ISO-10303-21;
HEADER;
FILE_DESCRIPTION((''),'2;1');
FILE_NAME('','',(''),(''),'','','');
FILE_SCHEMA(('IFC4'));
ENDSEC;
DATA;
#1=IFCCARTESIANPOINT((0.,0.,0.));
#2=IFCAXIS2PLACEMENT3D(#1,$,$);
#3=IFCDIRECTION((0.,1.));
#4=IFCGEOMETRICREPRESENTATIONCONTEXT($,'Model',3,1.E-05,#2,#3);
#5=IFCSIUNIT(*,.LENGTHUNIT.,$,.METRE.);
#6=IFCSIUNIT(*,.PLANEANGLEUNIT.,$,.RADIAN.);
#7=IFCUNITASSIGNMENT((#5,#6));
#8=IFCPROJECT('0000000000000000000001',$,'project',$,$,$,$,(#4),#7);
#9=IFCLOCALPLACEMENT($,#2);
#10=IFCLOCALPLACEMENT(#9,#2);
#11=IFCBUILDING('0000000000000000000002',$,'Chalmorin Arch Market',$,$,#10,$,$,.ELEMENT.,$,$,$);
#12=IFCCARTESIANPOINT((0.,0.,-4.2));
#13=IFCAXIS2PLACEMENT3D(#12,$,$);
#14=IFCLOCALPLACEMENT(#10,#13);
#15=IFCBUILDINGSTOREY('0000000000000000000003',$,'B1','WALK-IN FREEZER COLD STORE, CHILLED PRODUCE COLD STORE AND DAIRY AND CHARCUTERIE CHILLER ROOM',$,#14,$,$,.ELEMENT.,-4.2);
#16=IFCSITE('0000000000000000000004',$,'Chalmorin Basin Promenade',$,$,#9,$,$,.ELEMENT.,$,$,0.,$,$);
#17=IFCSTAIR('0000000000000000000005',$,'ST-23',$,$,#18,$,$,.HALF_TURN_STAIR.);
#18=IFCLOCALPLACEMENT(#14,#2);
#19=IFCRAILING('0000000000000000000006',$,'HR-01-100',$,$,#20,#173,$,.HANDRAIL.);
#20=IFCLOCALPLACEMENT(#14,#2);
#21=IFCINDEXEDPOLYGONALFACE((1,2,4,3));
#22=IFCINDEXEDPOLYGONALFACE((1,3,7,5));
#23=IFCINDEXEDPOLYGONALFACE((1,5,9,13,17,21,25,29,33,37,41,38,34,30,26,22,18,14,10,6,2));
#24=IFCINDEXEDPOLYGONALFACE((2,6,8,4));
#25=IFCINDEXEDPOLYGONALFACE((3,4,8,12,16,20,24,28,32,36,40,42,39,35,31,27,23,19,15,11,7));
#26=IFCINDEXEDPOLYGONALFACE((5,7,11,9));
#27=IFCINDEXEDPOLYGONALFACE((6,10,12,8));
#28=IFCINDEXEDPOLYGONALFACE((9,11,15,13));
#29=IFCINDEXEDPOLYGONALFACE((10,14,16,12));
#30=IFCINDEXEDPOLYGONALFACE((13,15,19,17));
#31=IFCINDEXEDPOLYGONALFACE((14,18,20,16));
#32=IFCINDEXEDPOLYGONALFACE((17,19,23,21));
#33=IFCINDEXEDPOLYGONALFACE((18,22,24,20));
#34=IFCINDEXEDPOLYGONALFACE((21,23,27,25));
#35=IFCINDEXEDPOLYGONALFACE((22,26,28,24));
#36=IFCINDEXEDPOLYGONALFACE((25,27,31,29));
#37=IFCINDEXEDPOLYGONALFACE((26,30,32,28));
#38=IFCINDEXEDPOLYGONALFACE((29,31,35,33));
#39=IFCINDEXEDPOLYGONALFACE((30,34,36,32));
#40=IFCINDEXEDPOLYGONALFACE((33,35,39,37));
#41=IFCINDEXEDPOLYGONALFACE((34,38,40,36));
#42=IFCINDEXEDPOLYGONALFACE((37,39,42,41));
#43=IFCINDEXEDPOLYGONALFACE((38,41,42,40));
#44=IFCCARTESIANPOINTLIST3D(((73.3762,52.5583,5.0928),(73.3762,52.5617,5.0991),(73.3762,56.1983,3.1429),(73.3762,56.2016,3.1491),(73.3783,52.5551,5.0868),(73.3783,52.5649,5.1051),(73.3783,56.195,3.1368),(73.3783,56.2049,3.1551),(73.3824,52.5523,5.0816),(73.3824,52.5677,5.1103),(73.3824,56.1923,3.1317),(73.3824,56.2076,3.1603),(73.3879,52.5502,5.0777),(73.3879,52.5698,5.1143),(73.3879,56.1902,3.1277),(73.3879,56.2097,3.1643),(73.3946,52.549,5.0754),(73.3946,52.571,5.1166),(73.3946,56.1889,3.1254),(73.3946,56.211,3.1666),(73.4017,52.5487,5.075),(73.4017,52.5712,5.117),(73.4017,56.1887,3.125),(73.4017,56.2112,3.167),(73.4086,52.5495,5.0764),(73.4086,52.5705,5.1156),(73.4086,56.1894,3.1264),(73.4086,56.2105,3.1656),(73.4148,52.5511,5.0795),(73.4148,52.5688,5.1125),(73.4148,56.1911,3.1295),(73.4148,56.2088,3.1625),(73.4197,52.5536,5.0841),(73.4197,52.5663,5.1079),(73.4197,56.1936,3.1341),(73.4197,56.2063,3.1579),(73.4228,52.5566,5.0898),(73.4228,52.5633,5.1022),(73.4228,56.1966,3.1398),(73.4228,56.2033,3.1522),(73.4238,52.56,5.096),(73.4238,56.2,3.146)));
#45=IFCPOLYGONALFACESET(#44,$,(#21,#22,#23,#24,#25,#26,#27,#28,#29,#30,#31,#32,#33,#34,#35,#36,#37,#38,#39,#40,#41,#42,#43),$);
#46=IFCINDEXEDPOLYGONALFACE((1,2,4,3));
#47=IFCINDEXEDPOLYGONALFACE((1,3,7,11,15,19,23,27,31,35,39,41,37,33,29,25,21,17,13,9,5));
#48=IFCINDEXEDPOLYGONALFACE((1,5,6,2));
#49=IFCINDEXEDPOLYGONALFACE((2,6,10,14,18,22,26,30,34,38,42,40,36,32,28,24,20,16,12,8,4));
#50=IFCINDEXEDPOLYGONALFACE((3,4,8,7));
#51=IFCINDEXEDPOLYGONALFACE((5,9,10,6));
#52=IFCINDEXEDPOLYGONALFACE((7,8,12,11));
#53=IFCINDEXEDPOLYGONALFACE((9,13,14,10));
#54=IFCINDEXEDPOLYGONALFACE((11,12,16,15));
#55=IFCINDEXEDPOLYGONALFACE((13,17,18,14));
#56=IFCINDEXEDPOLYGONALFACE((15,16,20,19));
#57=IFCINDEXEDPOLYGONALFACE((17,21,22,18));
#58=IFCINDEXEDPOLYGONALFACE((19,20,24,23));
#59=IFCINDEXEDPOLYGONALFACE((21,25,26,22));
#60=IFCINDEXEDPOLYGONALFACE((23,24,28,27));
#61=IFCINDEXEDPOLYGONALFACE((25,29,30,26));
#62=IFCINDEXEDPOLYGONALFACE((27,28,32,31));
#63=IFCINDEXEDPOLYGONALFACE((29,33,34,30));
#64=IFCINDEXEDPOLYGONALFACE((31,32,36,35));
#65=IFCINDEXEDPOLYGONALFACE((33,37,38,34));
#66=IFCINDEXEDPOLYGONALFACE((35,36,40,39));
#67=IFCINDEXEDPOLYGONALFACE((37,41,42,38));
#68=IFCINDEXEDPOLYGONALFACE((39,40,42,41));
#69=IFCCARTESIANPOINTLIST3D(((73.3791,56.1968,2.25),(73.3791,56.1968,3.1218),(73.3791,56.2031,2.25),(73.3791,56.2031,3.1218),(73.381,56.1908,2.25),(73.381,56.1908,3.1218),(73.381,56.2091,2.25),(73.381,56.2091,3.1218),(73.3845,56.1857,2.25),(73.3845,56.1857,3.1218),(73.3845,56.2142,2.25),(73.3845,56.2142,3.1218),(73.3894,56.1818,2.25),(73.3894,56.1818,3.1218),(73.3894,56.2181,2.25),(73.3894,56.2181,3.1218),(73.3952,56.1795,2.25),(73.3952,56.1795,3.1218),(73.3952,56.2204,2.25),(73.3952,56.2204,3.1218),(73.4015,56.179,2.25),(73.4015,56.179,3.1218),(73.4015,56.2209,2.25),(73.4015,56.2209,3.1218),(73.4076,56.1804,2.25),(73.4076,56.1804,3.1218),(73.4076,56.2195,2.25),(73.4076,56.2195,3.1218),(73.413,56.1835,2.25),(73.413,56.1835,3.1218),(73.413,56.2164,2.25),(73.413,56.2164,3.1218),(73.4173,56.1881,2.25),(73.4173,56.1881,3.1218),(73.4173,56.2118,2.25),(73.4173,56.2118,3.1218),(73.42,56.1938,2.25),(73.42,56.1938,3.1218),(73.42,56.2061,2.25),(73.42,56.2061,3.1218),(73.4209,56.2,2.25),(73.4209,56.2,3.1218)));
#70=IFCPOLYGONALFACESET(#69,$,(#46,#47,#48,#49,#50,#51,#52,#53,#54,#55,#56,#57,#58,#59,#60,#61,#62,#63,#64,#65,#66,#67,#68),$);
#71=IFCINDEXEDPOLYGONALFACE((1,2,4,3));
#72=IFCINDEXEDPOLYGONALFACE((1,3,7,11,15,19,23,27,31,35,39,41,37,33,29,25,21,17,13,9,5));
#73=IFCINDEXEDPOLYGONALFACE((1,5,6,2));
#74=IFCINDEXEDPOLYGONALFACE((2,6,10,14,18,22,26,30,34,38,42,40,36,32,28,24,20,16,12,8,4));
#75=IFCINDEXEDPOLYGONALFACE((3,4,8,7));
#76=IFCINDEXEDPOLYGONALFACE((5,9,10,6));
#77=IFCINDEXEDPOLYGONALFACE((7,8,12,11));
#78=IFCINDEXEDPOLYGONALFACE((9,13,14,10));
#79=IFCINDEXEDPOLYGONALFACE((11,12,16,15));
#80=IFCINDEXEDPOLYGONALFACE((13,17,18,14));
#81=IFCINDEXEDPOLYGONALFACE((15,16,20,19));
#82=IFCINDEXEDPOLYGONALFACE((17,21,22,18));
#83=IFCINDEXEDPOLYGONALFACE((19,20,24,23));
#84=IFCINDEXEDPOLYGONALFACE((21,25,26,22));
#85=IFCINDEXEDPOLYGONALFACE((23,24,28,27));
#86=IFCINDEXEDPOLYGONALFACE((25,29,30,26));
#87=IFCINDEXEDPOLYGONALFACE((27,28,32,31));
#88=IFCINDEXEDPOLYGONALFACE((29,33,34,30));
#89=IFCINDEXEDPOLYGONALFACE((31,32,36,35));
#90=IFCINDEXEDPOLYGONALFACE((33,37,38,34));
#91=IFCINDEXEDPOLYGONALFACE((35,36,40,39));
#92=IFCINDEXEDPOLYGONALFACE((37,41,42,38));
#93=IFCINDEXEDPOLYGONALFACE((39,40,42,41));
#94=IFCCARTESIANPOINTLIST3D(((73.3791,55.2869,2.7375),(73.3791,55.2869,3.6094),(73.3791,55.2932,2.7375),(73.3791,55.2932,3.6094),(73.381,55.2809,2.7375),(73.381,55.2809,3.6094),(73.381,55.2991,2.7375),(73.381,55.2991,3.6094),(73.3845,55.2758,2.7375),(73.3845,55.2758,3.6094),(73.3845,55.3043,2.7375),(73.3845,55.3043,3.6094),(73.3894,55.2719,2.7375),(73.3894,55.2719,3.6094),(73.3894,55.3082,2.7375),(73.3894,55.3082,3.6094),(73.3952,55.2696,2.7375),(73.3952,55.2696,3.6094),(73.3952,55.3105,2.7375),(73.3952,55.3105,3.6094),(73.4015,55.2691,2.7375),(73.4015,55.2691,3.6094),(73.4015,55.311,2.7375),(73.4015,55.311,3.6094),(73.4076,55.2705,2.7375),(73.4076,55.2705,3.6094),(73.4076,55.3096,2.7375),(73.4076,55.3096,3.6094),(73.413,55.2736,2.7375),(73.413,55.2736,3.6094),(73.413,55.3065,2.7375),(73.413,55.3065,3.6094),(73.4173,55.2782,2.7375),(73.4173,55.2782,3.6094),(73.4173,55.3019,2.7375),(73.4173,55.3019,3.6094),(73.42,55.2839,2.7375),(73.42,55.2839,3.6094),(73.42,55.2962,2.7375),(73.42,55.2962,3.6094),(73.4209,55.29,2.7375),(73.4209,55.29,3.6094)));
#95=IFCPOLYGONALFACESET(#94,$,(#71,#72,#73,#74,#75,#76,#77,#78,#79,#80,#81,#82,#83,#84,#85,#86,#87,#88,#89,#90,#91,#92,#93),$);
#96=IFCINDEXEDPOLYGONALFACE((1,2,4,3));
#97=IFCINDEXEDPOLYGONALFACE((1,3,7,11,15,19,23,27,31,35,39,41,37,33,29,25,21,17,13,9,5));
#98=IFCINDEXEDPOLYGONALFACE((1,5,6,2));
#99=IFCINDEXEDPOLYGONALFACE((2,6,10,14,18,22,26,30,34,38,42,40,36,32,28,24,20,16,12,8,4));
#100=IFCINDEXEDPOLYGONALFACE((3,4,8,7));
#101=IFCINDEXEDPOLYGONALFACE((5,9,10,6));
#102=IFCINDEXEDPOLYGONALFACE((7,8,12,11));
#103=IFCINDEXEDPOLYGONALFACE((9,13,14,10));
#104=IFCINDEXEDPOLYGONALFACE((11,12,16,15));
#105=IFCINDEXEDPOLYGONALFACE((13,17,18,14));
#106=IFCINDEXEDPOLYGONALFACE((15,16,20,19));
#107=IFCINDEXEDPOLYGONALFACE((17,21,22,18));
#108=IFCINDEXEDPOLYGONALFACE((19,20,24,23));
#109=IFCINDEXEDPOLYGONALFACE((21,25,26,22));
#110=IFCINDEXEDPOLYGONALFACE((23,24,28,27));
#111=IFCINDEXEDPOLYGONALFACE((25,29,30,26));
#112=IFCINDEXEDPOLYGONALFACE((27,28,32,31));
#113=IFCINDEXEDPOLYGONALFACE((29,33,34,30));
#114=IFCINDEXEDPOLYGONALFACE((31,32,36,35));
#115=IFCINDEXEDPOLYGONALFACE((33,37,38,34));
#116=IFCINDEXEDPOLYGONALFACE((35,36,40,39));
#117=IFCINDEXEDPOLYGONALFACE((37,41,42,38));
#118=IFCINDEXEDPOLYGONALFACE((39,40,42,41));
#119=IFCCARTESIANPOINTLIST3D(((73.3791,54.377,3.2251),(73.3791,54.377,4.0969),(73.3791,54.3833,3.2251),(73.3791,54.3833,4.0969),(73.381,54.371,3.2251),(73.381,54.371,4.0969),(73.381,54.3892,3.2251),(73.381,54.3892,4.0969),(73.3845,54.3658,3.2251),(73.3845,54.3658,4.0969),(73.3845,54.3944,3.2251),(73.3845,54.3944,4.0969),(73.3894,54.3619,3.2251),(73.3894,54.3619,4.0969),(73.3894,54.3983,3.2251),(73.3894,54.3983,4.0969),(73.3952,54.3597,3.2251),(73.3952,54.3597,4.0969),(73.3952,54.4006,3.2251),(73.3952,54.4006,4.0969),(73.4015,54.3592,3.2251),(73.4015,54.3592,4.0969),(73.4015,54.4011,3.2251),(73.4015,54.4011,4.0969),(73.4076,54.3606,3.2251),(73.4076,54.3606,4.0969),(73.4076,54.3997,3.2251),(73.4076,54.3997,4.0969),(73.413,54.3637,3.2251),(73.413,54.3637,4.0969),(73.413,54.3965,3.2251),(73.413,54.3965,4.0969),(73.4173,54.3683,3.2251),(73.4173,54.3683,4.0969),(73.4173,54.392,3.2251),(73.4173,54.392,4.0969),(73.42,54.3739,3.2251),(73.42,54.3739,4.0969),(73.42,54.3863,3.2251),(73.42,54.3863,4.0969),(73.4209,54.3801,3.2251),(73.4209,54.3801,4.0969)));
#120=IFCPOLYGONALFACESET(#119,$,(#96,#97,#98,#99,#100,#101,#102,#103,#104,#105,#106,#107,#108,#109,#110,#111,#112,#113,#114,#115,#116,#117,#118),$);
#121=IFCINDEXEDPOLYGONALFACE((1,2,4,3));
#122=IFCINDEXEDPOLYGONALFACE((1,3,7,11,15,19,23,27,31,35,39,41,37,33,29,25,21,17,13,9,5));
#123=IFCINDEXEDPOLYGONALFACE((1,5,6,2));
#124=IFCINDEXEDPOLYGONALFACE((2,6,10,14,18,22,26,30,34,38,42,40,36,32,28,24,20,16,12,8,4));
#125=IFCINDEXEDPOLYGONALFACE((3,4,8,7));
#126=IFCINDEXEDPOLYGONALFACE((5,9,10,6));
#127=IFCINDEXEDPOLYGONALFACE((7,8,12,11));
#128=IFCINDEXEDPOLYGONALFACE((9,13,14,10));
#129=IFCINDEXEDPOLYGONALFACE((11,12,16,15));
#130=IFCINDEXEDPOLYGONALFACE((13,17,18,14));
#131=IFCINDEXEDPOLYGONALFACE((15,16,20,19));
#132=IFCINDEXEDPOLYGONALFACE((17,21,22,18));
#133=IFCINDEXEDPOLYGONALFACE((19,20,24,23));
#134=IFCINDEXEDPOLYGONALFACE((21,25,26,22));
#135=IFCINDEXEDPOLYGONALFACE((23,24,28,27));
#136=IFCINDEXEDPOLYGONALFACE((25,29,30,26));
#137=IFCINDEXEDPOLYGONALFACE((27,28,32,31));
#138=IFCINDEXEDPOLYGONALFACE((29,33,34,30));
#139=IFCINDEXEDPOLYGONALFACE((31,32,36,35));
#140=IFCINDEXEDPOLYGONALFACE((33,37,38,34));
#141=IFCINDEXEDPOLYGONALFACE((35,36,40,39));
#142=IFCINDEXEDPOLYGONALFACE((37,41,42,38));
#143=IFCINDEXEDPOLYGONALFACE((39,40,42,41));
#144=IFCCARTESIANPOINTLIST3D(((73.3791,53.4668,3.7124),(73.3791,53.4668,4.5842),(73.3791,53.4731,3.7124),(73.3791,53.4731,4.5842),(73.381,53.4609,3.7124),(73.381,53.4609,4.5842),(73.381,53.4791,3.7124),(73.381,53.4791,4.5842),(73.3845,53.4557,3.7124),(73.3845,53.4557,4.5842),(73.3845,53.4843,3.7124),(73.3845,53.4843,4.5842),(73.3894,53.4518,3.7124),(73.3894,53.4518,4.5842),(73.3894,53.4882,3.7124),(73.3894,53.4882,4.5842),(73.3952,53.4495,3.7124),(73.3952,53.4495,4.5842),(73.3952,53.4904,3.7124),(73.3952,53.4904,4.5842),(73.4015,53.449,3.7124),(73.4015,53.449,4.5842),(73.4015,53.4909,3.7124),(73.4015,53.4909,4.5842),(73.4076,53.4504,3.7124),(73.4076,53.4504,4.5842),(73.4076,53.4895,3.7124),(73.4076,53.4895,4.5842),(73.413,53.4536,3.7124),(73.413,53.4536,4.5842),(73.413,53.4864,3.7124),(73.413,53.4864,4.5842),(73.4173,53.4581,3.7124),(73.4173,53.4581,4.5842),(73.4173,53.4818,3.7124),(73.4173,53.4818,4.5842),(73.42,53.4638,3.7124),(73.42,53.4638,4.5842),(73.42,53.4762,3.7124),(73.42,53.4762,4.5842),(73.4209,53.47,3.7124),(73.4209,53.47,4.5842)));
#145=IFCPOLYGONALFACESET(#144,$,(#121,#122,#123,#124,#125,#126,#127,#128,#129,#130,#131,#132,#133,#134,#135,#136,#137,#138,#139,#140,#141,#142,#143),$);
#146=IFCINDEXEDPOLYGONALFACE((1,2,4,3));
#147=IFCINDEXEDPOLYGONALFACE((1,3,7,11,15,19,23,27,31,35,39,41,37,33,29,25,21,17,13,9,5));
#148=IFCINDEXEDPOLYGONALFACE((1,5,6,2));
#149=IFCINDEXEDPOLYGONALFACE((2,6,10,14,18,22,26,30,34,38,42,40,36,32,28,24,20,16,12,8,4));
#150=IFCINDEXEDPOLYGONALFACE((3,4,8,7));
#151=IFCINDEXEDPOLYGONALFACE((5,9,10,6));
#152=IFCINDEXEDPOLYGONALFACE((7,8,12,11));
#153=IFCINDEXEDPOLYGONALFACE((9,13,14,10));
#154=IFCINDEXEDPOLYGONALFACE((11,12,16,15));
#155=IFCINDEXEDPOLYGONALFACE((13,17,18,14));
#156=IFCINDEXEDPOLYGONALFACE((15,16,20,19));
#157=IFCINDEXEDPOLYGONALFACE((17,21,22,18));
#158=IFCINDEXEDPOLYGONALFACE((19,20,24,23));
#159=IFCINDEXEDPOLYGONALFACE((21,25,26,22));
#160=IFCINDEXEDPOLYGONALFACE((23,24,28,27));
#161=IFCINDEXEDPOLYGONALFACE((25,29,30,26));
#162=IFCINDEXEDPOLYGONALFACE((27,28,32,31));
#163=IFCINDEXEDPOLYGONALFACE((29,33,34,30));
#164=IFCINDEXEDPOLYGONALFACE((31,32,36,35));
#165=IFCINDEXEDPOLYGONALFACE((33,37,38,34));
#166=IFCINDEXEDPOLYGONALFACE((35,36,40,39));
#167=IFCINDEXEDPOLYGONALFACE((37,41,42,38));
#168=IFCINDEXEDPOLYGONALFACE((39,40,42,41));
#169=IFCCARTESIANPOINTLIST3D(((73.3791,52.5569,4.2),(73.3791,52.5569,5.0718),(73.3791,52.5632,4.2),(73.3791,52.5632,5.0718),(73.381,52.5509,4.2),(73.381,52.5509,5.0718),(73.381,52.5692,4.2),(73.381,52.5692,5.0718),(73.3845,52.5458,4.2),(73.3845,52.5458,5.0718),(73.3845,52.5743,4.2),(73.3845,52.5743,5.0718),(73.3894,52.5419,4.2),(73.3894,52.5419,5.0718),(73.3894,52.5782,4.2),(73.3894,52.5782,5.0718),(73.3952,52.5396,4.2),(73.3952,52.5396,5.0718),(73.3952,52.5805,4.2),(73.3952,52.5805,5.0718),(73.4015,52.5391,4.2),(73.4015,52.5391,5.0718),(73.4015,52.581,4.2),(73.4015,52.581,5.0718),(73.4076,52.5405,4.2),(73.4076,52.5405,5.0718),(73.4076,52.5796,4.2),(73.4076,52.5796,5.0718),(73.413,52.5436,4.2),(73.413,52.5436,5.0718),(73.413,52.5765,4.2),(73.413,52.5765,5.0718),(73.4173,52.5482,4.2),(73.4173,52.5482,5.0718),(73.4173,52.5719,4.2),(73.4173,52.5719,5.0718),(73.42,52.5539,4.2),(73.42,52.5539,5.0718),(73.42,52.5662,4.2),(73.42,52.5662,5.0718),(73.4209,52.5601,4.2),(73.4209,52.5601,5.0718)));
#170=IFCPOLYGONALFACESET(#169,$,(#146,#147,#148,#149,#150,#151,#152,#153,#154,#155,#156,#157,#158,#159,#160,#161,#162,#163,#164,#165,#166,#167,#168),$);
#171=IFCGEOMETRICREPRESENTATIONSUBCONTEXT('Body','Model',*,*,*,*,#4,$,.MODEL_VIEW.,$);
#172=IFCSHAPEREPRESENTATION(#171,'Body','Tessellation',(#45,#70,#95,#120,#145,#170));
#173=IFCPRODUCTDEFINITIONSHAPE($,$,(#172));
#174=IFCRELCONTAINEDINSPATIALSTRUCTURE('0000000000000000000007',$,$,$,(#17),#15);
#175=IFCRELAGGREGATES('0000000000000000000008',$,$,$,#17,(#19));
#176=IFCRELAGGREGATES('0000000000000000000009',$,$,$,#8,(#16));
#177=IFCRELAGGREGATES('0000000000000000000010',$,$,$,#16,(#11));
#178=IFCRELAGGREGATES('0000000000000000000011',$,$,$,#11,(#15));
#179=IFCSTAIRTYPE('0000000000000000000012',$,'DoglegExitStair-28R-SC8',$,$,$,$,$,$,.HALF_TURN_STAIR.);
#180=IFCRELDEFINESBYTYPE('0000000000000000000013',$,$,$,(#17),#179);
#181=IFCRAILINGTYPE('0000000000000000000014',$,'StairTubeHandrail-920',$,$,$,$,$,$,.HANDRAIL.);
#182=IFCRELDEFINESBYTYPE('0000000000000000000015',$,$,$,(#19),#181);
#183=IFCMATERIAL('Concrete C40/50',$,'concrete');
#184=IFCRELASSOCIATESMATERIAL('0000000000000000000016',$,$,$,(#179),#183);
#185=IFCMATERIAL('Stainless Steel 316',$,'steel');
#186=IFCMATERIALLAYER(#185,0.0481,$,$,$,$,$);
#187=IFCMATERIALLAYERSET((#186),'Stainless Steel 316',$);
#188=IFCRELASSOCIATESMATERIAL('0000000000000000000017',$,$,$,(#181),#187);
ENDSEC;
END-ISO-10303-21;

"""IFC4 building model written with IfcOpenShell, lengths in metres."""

from ifc_helpers import new_model, si_unit, direction, frame, origin, origin_2d, place, context, subcontext, project, spatial, circle, extrude, material, layer, layer_set, type_object, element, aggregate, save


model = new_model("IFC4")

# Units and contexts
model_context = context("Model", 3, precision=1e-05, world=origin(), true_north=direction((0.0, 1.0)))
body_context = subcontext(model_context, "Body", "Model", "MODEL_VIEW")
ifc_project = project(units=[si_unit("LENGTHUNIT", "METRE"), si_unit("PLANEANGLEUNIT", "RADIAN")], contexts=[model_context])

# Site, building, storey
site_placement = place(None, origin())
site = spatial("IfcSite", under=ifc_project, at=site_placement, Name="Chalmorin Basin Promenade", CompositionType="ELEMENT", RefElevation=0.0)
building_placement = place(site_placement, origin())
building = spatial("IfcBuilding", under=site, at=building_placement, Name="Chalmorin Arch Market", CompositionType="ELEMENT")
storey_placement = place(building_placement, frame((0.0, 0.0, -4.2)))
storey = spatial("IfcBuildingStorey", under=building, at=storey_placement, Name="B1", Description="WALK-IN FREEZER COLD STORE, CHILLED PRODUCE COLD STORE AND DAIRY AND CHARCUTERIE CHILLER ROOM", CompositionType="ELEMENT", Elevation=-4.2)

# Shared definitions
ifc_material_1 = material(Name="Concrete C40/50", Category="concrete")

# Stair, railing
stair_type = type_object("IfcStairType", Name="DoglegExitStair-28R-SC8", PredefinedType="HALF_TURN_STAIR", material=ifc_material_1)
stair_placement = place(storey_placement, origin())
stair = element("IfcStair", 1, at=stair_placement, inside=storey, type_object=stair_type, Name="ST-23", PredefinedType="HALF_TURN_STAIR")
ifc_material_2 = material(Name="Stainless Steel 316", Category="steel")
ifc_layer_1 = layer(ifc_material_2, 0.0481)
ifc_layer_set_1 = layer_set([ifc_layer_1], Name="Stainless Steel 316")
railing_type_1 = type_object("IfcRailingType", Name="StairTubeHandrail-920", PredefinedType="HANDRAIL", material=ifc_layer_set_1)
railing_1_placement = place(storey_placement, frame((73.3999, 56.2, 2.25)))
railing_1 = element("IfcRailing", 2, at=railing_1_placement, type_object=railing_type_1, Name="HR-01-100", PredefinedType="HANDRAIL", context=body_context, shape_type="SweptSolid", body=[
    extrude(circle(Radius=0.0239, at=origin_2d()), frame((0.0, 0.0, 0.896), z_axis=(0.0, -0.881479, 0.472223), x_axis=(1.0, 0.0, 0.0)), (0.0, 0.0, 1.0), 4.1294),
    extrude(circle(Radius=0.021, at=origin_2d()), origin(), (0.0, 0.0, 1.0), 0.8718),
    extrude(circle(Radius=0.021, at=origin_2d()), frame((0.0, -0.9099, 0.4875)), (0.0, 0.0, 1.0), 0.8718),
    extrude(circle(Radius=0.021, at=origin_2d()), frame((0.0, -1.8198, 0.9751)), (0.0, 0.0, 1.0), 0.8718),
    extrude(circle(Radius=0.021, at=origin_2d()), frame((0.0, -2.73, 1.4624)), (0.0, 0.0, 1.0), 0.8718),
    extrude(circle(Radius=0.021, at=origin_2d()), frame((0.0, -3.6399, 1.95)), (0.0, 0.0, 1.0), 0.8718),
])
aggregate(stair, [railing_1])

save(model, "model.ifc")
